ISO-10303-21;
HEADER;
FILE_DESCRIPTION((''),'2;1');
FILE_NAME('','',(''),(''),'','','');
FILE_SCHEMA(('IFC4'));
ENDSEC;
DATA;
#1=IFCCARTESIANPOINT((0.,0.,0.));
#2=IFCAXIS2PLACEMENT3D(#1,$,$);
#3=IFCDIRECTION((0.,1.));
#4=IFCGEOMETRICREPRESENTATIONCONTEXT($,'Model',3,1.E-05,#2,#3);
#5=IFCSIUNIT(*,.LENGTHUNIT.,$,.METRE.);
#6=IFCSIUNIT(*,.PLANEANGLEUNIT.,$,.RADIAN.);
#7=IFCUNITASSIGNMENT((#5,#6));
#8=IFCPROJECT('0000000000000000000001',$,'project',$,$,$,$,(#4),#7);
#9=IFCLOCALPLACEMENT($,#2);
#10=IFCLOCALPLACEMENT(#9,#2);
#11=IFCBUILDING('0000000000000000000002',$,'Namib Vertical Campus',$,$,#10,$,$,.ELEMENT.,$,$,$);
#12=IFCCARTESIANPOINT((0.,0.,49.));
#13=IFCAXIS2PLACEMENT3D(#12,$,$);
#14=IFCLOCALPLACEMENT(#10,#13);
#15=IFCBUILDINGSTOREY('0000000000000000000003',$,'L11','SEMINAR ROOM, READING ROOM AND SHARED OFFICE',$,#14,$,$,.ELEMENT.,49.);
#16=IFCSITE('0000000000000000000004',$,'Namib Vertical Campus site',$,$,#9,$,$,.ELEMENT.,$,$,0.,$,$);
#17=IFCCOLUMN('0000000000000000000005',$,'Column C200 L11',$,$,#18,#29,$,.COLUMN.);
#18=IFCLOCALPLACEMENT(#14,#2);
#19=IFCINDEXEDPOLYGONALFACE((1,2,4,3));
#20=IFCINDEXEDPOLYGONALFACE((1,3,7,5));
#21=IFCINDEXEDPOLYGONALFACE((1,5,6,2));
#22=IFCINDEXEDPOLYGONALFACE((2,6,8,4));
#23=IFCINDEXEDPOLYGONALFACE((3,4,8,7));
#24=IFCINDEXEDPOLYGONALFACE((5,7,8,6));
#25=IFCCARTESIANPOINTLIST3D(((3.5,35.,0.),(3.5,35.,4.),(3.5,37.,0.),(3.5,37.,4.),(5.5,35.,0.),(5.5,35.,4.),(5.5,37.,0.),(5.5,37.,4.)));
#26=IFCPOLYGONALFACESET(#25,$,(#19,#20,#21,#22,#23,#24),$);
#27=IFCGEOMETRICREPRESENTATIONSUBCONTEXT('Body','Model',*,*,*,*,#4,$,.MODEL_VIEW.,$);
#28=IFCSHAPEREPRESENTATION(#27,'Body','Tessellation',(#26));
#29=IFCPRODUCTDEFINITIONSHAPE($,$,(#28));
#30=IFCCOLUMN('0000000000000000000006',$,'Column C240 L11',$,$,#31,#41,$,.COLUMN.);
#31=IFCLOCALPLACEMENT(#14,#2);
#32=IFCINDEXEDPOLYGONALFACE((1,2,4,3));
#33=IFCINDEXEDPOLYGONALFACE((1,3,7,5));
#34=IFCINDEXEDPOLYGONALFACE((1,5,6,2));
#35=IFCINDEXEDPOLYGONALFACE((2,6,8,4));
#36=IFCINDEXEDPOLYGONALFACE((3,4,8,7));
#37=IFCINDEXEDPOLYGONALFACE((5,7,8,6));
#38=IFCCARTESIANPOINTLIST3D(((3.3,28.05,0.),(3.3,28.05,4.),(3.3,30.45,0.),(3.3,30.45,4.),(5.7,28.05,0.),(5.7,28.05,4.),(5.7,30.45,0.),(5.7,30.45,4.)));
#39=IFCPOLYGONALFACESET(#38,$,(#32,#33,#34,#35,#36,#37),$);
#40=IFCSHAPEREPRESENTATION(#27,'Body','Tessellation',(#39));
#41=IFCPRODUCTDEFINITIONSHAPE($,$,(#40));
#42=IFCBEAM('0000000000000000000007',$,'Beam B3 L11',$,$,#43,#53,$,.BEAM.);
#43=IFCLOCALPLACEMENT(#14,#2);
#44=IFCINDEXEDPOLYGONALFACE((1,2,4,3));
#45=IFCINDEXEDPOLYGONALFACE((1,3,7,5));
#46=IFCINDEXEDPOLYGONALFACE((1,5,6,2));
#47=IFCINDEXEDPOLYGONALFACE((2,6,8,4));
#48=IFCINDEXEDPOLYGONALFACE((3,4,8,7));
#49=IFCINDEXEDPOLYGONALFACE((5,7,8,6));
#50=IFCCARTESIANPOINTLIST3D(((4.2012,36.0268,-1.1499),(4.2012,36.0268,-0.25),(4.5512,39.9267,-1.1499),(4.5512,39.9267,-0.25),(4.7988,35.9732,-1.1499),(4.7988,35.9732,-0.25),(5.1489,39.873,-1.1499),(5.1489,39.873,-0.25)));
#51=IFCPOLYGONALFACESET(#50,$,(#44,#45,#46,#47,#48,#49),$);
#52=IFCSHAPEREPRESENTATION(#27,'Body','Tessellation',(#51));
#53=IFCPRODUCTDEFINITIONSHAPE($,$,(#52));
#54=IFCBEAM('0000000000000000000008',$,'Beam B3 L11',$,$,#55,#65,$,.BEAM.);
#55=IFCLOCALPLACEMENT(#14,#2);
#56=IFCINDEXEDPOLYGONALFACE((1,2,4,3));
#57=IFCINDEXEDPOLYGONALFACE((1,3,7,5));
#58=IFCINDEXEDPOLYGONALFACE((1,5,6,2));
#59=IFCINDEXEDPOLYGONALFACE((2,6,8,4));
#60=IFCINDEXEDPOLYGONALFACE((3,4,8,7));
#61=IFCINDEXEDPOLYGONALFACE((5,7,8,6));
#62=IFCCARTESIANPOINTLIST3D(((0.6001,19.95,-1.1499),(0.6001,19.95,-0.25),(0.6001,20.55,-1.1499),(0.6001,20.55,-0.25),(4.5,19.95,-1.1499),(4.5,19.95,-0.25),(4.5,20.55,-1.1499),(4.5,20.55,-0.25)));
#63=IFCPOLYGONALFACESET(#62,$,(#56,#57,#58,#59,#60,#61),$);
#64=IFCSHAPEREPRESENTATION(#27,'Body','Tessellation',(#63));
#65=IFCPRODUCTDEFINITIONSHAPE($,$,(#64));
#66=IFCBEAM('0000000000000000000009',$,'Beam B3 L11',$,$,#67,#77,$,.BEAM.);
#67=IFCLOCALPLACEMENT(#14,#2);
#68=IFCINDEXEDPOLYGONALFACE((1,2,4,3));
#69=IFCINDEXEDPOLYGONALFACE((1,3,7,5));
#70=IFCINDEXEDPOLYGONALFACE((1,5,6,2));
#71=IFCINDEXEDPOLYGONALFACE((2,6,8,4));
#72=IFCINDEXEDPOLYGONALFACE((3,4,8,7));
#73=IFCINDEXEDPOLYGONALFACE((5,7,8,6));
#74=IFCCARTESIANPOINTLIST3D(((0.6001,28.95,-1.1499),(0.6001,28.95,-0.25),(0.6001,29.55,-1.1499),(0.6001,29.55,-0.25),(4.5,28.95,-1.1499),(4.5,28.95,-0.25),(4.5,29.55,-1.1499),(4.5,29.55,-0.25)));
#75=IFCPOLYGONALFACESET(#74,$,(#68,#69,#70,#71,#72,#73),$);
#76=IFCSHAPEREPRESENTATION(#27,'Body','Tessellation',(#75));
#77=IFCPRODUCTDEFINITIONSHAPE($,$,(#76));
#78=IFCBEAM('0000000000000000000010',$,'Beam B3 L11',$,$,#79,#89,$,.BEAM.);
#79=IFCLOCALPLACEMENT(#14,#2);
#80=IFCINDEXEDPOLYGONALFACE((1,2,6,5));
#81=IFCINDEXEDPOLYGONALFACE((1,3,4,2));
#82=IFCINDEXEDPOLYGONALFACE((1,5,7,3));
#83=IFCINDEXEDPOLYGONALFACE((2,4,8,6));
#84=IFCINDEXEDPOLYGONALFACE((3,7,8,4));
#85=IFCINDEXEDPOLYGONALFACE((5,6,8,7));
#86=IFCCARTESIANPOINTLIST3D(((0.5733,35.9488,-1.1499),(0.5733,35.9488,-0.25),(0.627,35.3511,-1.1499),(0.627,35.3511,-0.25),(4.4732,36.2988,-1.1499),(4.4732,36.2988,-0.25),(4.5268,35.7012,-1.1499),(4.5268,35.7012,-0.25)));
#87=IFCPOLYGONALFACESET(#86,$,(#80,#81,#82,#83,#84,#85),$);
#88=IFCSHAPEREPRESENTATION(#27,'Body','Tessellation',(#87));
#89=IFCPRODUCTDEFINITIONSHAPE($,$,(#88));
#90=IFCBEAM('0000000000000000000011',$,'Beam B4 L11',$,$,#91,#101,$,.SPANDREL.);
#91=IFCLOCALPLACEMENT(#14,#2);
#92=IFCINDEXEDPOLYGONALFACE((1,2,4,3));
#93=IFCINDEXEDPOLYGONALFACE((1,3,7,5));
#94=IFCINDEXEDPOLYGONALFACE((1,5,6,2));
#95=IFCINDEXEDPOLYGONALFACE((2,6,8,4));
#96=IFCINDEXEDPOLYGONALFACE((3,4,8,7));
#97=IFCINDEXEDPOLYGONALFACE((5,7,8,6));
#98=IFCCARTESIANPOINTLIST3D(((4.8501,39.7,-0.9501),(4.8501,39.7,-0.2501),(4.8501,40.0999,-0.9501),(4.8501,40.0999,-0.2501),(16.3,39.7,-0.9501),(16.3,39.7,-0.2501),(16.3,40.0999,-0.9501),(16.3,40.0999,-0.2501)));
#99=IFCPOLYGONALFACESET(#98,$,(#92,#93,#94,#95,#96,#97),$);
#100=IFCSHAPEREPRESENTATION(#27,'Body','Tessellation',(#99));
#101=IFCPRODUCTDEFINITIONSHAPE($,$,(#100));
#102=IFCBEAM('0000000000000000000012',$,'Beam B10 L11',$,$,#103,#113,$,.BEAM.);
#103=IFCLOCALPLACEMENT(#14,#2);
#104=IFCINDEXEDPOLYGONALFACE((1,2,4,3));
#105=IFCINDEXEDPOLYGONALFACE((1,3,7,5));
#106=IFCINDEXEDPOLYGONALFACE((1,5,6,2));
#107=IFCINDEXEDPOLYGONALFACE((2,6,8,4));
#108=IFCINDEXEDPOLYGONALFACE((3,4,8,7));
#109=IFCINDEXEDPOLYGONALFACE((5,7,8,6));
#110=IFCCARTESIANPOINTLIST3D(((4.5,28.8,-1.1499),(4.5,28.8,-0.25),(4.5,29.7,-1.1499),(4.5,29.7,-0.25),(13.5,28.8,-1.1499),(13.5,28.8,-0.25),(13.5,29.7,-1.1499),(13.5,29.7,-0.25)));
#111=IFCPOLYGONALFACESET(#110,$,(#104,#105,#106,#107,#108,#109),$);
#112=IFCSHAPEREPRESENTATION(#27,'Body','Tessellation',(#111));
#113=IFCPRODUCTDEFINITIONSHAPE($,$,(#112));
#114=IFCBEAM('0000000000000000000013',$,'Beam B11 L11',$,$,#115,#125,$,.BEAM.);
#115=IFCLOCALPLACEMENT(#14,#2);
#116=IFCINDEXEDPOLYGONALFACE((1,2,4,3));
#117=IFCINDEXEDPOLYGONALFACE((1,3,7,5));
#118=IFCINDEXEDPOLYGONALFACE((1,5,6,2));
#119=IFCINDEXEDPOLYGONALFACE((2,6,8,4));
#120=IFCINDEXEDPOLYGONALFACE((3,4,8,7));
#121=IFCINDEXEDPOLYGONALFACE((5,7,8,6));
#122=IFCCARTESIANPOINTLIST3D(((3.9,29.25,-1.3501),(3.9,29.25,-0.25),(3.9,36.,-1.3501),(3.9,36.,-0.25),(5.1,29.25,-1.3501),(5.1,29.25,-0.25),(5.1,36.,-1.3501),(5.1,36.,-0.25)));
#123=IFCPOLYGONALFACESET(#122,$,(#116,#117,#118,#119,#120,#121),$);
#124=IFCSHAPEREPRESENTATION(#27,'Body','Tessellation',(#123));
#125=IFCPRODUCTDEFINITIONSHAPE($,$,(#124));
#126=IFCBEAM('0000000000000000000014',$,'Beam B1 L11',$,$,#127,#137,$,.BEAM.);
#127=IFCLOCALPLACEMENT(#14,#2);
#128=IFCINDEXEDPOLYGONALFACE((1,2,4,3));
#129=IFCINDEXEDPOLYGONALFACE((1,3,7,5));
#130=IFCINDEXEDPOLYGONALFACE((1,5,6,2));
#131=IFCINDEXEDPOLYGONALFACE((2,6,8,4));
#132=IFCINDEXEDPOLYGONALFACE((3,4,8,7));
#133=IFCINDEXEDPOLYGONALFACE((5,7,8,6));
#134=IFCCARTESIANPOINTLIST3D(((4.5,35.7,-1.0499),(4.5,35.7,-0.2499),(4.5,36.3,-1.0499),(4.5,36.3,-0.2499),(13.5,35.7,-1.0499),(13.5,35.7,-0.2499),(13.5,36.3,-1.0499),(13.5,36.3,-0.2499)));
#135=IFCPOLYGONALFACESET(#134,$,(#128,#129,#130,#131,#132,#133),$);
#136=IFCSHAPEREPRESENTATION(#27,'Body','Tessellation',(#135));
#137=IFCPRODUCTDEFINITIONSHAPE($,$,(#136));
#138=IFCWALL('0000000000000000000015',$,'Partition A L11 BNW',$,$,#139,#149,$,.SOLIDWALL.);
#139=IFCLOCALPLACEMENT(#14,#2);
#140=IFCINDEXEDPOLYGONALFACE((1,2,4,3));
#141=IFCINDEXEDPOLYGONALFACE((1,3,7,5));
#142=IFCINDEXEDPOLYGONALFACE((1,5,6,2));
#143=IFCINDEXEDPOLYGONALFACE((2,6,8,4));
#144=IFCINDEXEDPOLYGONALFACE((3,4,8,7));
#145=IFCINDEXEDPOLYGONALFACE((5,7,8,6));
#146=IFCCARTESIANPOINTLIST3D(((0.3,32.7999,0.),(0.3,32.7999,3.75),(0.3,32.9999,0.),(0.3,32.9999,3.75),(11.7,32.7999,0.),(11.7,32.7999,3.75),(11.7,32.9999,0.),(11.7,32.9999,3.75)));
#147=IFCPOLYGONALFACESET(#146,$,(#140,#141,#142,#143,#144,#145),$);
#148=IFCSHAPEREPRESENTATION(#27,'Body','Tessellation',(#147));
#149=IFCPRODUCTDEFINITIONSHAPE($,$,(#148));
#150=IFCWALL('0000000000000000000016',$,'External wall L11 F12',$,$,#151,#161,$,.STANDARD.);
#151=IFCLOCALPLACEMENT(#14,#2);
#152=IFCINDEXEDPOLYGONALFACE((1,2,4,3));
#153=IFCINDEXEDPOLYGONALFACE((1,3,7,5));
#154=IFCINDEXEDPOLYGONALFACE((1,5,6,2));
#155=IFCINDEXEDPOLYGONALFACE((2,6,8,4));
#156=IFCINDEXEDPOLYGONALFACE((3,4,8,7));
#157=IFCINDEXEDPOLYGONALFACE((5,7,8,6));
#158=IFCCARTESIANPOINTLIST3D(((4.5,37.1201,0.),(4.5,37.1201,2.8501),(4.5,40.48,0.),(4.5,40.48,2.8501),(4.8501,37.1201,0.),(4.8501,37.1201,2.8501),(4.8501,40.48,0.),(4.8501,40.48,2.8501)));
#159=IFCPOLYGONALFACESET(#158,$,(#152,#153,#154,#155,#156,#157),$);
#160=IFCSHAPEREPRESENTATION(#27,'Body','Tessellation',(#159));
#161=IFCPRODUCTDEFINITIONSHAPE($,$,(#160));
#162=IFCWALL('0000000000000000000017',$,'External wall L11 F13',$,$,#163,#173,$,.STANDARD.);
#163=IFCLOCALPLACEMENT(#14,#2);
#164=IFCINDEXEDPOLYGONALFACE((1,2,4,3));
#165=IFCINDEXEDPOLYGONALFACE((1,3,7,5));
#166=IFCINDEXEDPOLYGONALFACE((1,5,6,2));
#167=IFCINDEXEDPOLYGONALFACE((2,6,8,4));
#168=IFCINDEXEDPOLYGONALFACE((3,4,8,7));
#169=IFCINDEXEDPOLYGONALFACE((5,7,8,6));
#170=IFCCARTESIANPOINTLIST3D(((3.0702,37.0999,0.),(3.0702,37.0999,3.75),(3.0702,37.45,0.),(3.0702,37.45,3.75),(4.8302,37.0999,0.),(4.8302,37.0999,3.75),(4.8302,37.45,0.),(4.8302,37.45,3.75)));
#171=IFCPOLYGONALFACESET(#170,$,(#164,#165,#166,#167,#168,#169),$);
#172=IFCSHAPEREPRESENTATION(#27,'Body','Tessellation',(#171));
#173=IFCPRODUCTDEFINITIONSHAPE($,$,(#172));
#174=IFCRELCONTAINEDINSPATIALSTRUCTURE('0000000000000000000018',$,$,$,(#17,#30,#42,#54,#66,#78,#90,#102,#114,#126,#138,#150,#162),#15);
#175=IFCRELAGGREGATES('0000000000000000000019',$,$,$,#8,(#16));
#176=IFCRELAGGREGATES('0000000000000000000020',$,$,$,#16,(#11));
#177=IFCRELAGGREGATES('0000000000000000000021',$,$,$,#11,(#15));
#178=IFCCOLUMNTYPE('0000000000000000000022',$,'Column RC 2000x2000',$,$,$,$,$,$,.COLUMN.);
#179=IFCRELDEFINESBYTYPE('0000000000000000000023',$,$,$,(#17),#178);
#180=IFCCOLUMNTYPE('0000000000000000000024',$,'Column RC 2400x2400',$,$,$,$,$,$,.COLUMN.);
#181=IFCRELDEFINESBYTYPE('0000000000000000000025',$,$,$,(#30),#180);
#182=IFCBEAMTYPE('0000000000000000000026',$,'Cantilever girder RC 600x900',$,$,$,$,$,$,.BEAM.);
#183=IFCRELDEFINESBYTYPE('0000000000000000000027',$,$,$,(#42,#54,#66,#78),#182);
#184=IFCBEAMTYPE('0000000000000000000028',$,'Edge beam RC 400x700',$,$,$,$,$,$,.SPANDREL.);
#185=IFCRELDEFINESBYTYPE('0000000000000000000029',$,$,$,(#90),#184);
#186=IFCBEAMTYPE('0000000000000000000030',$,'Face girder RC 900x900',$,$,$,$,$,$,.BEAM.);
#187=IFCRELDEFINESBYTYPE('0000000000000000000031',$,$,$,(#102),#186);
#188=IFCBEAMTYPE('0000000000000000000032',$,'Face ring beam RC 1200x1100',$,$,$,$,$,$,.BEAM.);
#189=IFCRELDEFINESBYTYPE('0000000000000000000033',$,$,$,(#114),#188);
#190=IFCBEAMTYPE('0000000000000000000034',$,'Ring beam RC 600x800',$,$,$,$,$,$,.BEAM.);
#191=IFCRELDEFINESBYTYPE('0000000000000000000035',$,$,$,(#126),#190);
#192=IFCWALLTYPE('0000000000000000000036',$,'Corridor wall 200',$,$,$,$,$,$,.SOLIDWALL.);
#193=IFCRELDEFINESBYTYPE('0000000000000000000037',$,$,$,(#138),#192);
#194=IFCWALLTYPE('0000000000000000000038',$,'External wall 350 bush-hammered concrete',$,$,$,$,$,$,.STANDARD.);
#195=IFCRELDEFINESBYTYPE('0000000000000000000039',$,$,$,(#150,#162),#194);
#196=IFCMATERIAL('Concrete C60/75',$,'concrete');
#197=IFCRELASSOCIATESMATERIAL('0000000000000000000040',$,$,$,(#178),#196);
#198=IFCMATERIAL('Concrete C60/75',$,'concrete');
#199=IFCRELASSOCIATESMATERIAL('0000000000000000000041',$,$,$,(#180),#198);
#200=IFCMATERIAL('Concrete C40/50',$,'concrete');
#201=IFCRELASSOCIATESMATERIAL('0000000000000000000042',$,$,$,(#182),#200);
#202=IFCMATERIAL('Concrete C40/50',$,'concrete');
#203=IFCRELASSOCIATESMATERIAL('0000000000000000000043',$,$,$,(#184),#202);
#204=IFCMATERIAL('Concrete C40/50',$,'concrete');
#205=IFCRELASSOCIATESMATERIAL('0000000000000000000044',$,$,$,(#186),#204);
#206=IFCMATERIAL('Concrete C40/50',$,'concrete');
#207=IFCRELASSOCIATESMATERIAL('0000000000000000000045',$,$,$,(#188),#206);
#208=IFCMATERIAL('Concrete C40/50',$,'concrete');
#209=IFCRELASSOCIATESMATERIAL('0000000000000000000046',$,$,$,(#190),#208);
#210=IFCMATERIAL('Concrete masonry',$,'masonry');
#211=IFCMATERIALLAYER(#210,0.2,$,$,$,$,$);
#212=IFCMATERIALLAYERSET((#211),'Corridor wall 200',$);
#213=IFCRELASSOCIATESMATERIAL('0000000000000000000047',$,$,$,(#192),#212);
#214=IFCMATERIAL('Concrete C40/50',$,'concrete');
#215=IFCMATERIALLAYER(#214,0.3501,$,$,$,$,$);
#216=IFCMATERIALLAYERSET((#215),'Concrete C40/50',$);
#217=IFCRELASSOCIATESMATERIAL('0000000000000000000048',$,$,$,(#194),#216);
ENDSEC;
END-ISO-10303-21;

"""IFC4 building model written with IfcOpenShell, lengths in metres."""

from ifc_helpers import new_model, si_unit, direction, frame, frame_2d, origin, origin_2d, place, context, subcontext, project, spatial, rectangle, extrude, material, layer, layer_set, material_profile, profile_set, type_object, element, save


model = new_model("IFC4")

# Units and contexts
model_context = context("Model", 3, precision=1e-05, world=origin(), true_north=direction((0.0, 1.0)))
body_context = subcontext(model_context, "Body", "Model", "MODEL_VIEW")
ifc_project = project(units=[si_unit("LENGTHUNIT", "METRE"), si_unit("PLANEANGLEUNIT", "RADIAN")], contexts=[model_context])

# Site, building, storey
site_placement = place(None, origin())
site = spatial("IfcSite", under=ifc_project, at=site_placement, Name="Namib Vertical Campus site", CompositionType="ELEMENT", RefElevation=0.0)
building_placement = place(site_placement, origin())
building = spatial("IfcBuilding", under=site, at=building_placement, Name="Namib Vertical Campus", CompositionType="ELEMENT")
storey_placement = place(building_placement, frame((0.0, 0.0, 49.0)))
storey = spatial("IfcBuildingStorey", under=building, at=storey_placement, Name="L11", Description="SEMINAR ROOM, READING ROOM AND SHARED OFFICE", CompositionType="ELEMENT", Elevation=49.0)

# Columns
ifc_material_1 = material(Name="Concrete C60/75", Category="concrete")
ifc_material_profile_1 = material_profile(ifc_material_1, rectangle(XDim=2.0, YDim=2.0, at=origin_2d()))
ifc_profile_set_1 = profile_set([ifc_material_profile_1], Name="Concrete C60/75")
column_type_1 = type_object("IfcColumnType", Name="Column RC 2000x2000", PredefinedType="COLUMN", material=ifc_profile_set_1)
column_1_placement = place(storey_placement, frame((4.5, 36.0, 0.0), z_axis=(0.0, 0.0, 1.0), x_axis=(1.0, 0.0, 0.0)))
element("IfcColumn", 1, at=column_1_placement, inside=storey, type_object=column_type_1, Name="Column C200 L11", PredefinedType="COLUMN", context=body_context, shape_type="SweptSolid", body=[
    extrude(rectangle(XDim=2.0, YDim=2.0, at=origin_2d()), origin(), (0.0, 0.0, 1.0), 4.0),
])
ifc_material_2 = material(Name="Concrete C60/75", Category="concrete")
ifc_material_profile_2 = material_profile(ifc_material_2, rectangle(XDim=2.3999, YDim=2.3999, at=origin_2d()))
ifc_profile_set_2 = profile_set([ifc_material_profile_2], Name="Concrete C60/75")
column_type_2 = type_object("IfcColumnType", Name="Column RC 2400x2400", PredefinedType="COLUMN", material=ifc_profile_set_2)
column_2_placement = place(storey_placement, frame((4.5, 29.25, 0.0), z_axis=(0.0, 0.0, 1.0), x_axis=(1.0, 0.0, 0.0)))
element("IfcColumn", 2, at=column_2_placement, inside=storey, type_object=column_type_2, Name="Column C240 L11", PredefinedType="COLUMN", context=body_context, shape_type="SweptSolid", body=[
    extrude(rectangle(XDim=2.3999, YDim=2.3999, at=origin_2d()), origin(), (0.0, 0.0, 1.0), 4.0),
])

# Beams
ifc_material_3 = material(Name="Concrete C40/50", Category="concrete")
ifc_material_profile_3 = material_profile(ifc_material_3, rectangle(XDim=0.6001, YDim=0.8999, at=origin_2d()))
ifc_profile_set_3 = profile_set([ifc_material_profile_3], Name="Concrete C40/50")
beam_type_1 = type_object("IfcBeamType", Name="Cantilever girder RC 600x900", PredefinedType="BEAM", material=ifc_profile_set_3)
beam_1_placement = place(storey_placement, frame((4.5, 36.0, -0.7), z_axis=(0.089411, 0.995995, 0.0), x_axis=(-0.995995, 0.089411, 0.0)))
element("IfcBeam", 3, at=beam_1_placement, inside=storey, type_object=beam_type_1, Name="Beam B3 L11", PredefinedType="BEAM", context=body_context, shape_type="SweptSolid", body=[
    extrude(rectangle(XDim=0.6001, YDim=0.8999, at=origin_2d()), origin(), (0.0, 0.0, 1.0), 3.9155),
])
for number, where, z_axis, x_axis, name in (
    (4, (4.5, 20.25, -0.7), (-1.0, 0.0, 0.0), (0.0, -1.0, 0.0), "Beam B3 L11"),
    (5, (4.5, 29.25, -0.7), (-1.0, 0.0, 0.0), (0.0, -1.0, 0.0), "Beam B3 L11"),
):
    element("IfcBeam", number, at=place(storey_placement, frame(where, z_axis=z_axis, x_axis=x_axis)), inside=storey, type_object=beam_type_1, Name=name, PredefinedType="BEAM", context=body_context, shape_type="SweptSolid", body=[
        extrude(rectangle(XDim=0.6001, YDim=0.8999, at=origin_2d()), origin(), (0.0, 0.0, 1.0), 3.8999),
    ])
beam_2_placement = place(storey_placement, frame((4.5, 36.0, -0.7), z_axis=(-0.995995, -0.089411, 0.0), x_axis=(0.089411, -0.995995, 0.0)))
element("IfcBeam", 6, at=beam_2_placement, inside=storey, type_object=beam_type_1, Name="Beam B3 L11", PredefinedType="BEAM", context=body_context, shape_type="SweptSolid", body=[
    extrude(rectangle(XDim=0.6001, YDim=0.8999, at=origin_2d()), origin(), (0.0, 0.0, 1.0), 3.9155),
])
ifc_material_4 = material(Name="Concrete C40/50", Category="concrete")
ifc_material_profile_4 = material_profile(ifc_material_4, rectangle(XDim=0.3999, YDim=0.7, at=origin_2d()))
ifc_profile_set_4 = profile_set([ifc_material_profile_4], Name="Concrete C40/50")
beam_type_2 = type_object("IfcBeamType", Name="Edge beam RC 400x700", PredefinedType="SPANDREL", material=ifc_profile_set_4)
beam_3_placement = place(storey_placement, frame((4.8501, 39.8999, -0.6001), z_axis=(1.0, 0.0, 0.0), x_axis=(0.0, 1.0, 0.0)))
element("IfcBeam", 7, at=beam_3_placement, inside=storey, type_object=beam_type_2, Name="Beam B4 L11", PredefinedType="SPANDREL", context=body_context, shape_type="SweptSolid", body=[
    extrude(rectangle(XDim=0.3999, YDim=0.7, at=origin_2d()), origin(), (0.0, 0.0, 1.0), 11.45),
])
ifc_material_5 = material(Name="Concrete C40/50", Category="concrete")
ifc_material_profile_5 = material_profile(ifc_material_5, rectangle(XDim=0.8999, YDim=0.8999, at=origin_2d()))
ifc_profile_set_5 = profile_set([ifc_material_profile_5], Name="Concrete C40/50")
beam_type_3 = type_object("IfcBeamType", Name="Face girder RC 900x900", PredefinedType="BEAM", material=ifc_profile_set_5)
beam_4_placement = place(storey_placement, frame((4.5, 29.25, -0.7), z_axis=(1.0, 0.0, 0.0), x_axis=(0.0, 1.0, 0.0)))
element("IfcBeam", 8, at=beam_4_placement, inside=storey, type_object=beam_type_3, Name="Beam B10 L11", PredefinedType="BEAM", context=body_context, shape_type="SweptSolid", body=[
    extrude(rectangle(XDim=0.8999, YDim=0.8999, at=origin_2d()), origin(), (0.0, 0.0, 1.0), 9.0),
])
ifc_material_6 = material(Name="Concrete C40/50", Category="concrete")
ifc_material_profile_6 = material_profile(ifc_material_6, rectangle(XDim=1.2, YDim=1.1001, at=origin_2d()))
ifc_profile_set_6 = profile_set([ifc_material_profile_6], Name="Concrete C40/50")
beam_type_4 = type_object("IfcBeamType", Name="Face ring beam RC 1200x1100", PredefinedType="BEAM", material=ifc_profile_set_6)
beam_5_placement = place(storey_placement, frame((4.5, 29.25, -0.8), z_axis=(0.0, 1.0, 0.0), x_axis=(-1.0, 0.0, 0.0)))
element("IfcBeam", 9, at=beam_5_placement, inside=storey, type_object=beam_type_4, Name="Beam B11 L11", PredefinedType="BEAM", context=body_context, shape_type="SweptSolid", body=[
    extrude(rectangle(XDim=1.2, YDim=1.1001, at=origin_2d()), origin(), (0.0, 0.0, 1.0), 6.75),
])
ifc_material_7 = material(Name="Concrete C40/50", Category="concrete")
ifc_material_profile_7 = material_profile(ifc_material_7, rectangle(XDim=0.6001, YDim=0.8, at=origin_2d()))
ifc_profile_set_7 = profile_set([ifc_material_profile_7], Name="Concrete C40/50")
beam_type_5 = type_object("IfcBeamType", Name="Ring beam RC 600x800", PredefinedType="BEAM", material=ifc_profile_set_7)
beam_6_placement = place(storey_placement, frame((4.5, 36.0, -0.6499), z_axis=(1.0, 0.0, 0.0), x_axis=(0.0, 1.0, 0.0)))
element("IfcBeam", 10, at=beam_6_placement, inside=storey, type_object=beam_type_5, Name="Beam B1 L11", PredefinedType="BEAM", context=body_context, shape_type="SweptSolid", body=[
    extrude(rectangle(XDim=0.6001, YDim=0.8, at=origin_2d()), origin(), (0.0, 0.0, 1.0), 9.0),
])

# Walls
ifc_material_8 = material(Name="Concrete masonry", Category="masonry")
ifc_layer_1 = layer(ifc_material_8, 0.2)
ifc_layer_set_1 = layer_set([ifc_layer_1], Name="Corridor wall 200")
wall_type_1 = type_object("IfcWallType", Name="Corridor wall 200", PredefinedType="SOLIDWALL", material=ifc_layer_set_1)
wall_1_placement = place(storey_placement, frame((0.3, 32.8999, 0.0), z_axis=(0.0, 0.0, 1.0), x_axis=(1.0, 0.0, 0.0)))
element("IfcWall", 11, at=wall_1_placement, inside=storey, type_object=wall_type_1, Name="Partition A L11 BNW", PredefinedType="SOLIDWALL", context=body_context, shape_type="SweptSolid", body=[
    extrude(rectangle(XDim=11.3999, YDim=0.2, at=frame_2d((5.7, 0.0))), origin(), (0.0, 0.0, 1.0), 3.75),
])
ifc_material_9 = material(Name="Concrete C40/50", Category="concrete")
ifc_layer_2 = layer(ifc_material_9, 0.3501)
ifc_layer_set_2 = layer_set([ifc_layer_2], Name="Concrete C40/50")
wall_type_2 = type_object("IfcWallType", Name="External wall 350 bush-hammered concrete", PredefinedType="STANDARD", material=ifc_layer_set_2)
wall_2_placement = place(storey_placement, frame((4.675, 40.48, 0.0), z_axis=(0.0, 0.0, 1.0), x_axis=(0.0, -1.0, 0.0)))
element("IfcWall", 12, at=wall_2_placement, inside=storey, type_object=wall_type_2, Name="External wall L11 F12", PredefinedType="STANDARD", context=body_context, shape_type="SweptSolid", body=[
    extrude(rectangle(XDim=3.3599, YDim=0.3501, at=frame_2d((1.6799, 0.0))), origin(), (0.0, 0.0, 1.0), 2.8501),
])
for number, where, z_axis, x_axis, name in (
    (13, (4.8301, 37.2749, 0.0), (0.0, 0.0, 1.0), (-1.0, 0.0, 0.0), "External wall L11 F13"),
):
    element("IfcWall", number, at=place(storey_placement, frame(where, z_axis=z_axis, x_axis=x_axis)), inside=storey, type_object=wall_type_2, Name=name, PredefinedType="STANDARD", context=body_context, shape_type="SweptSolid", body=[
        extrude(rectangle(XDim=1.76, YDim=0.3501, at=frame_2d((0.8799, 0.0))), origin(), (0.0, 0.0, 1.0), 3.75),
    ])

save(model, "model.ifc")
